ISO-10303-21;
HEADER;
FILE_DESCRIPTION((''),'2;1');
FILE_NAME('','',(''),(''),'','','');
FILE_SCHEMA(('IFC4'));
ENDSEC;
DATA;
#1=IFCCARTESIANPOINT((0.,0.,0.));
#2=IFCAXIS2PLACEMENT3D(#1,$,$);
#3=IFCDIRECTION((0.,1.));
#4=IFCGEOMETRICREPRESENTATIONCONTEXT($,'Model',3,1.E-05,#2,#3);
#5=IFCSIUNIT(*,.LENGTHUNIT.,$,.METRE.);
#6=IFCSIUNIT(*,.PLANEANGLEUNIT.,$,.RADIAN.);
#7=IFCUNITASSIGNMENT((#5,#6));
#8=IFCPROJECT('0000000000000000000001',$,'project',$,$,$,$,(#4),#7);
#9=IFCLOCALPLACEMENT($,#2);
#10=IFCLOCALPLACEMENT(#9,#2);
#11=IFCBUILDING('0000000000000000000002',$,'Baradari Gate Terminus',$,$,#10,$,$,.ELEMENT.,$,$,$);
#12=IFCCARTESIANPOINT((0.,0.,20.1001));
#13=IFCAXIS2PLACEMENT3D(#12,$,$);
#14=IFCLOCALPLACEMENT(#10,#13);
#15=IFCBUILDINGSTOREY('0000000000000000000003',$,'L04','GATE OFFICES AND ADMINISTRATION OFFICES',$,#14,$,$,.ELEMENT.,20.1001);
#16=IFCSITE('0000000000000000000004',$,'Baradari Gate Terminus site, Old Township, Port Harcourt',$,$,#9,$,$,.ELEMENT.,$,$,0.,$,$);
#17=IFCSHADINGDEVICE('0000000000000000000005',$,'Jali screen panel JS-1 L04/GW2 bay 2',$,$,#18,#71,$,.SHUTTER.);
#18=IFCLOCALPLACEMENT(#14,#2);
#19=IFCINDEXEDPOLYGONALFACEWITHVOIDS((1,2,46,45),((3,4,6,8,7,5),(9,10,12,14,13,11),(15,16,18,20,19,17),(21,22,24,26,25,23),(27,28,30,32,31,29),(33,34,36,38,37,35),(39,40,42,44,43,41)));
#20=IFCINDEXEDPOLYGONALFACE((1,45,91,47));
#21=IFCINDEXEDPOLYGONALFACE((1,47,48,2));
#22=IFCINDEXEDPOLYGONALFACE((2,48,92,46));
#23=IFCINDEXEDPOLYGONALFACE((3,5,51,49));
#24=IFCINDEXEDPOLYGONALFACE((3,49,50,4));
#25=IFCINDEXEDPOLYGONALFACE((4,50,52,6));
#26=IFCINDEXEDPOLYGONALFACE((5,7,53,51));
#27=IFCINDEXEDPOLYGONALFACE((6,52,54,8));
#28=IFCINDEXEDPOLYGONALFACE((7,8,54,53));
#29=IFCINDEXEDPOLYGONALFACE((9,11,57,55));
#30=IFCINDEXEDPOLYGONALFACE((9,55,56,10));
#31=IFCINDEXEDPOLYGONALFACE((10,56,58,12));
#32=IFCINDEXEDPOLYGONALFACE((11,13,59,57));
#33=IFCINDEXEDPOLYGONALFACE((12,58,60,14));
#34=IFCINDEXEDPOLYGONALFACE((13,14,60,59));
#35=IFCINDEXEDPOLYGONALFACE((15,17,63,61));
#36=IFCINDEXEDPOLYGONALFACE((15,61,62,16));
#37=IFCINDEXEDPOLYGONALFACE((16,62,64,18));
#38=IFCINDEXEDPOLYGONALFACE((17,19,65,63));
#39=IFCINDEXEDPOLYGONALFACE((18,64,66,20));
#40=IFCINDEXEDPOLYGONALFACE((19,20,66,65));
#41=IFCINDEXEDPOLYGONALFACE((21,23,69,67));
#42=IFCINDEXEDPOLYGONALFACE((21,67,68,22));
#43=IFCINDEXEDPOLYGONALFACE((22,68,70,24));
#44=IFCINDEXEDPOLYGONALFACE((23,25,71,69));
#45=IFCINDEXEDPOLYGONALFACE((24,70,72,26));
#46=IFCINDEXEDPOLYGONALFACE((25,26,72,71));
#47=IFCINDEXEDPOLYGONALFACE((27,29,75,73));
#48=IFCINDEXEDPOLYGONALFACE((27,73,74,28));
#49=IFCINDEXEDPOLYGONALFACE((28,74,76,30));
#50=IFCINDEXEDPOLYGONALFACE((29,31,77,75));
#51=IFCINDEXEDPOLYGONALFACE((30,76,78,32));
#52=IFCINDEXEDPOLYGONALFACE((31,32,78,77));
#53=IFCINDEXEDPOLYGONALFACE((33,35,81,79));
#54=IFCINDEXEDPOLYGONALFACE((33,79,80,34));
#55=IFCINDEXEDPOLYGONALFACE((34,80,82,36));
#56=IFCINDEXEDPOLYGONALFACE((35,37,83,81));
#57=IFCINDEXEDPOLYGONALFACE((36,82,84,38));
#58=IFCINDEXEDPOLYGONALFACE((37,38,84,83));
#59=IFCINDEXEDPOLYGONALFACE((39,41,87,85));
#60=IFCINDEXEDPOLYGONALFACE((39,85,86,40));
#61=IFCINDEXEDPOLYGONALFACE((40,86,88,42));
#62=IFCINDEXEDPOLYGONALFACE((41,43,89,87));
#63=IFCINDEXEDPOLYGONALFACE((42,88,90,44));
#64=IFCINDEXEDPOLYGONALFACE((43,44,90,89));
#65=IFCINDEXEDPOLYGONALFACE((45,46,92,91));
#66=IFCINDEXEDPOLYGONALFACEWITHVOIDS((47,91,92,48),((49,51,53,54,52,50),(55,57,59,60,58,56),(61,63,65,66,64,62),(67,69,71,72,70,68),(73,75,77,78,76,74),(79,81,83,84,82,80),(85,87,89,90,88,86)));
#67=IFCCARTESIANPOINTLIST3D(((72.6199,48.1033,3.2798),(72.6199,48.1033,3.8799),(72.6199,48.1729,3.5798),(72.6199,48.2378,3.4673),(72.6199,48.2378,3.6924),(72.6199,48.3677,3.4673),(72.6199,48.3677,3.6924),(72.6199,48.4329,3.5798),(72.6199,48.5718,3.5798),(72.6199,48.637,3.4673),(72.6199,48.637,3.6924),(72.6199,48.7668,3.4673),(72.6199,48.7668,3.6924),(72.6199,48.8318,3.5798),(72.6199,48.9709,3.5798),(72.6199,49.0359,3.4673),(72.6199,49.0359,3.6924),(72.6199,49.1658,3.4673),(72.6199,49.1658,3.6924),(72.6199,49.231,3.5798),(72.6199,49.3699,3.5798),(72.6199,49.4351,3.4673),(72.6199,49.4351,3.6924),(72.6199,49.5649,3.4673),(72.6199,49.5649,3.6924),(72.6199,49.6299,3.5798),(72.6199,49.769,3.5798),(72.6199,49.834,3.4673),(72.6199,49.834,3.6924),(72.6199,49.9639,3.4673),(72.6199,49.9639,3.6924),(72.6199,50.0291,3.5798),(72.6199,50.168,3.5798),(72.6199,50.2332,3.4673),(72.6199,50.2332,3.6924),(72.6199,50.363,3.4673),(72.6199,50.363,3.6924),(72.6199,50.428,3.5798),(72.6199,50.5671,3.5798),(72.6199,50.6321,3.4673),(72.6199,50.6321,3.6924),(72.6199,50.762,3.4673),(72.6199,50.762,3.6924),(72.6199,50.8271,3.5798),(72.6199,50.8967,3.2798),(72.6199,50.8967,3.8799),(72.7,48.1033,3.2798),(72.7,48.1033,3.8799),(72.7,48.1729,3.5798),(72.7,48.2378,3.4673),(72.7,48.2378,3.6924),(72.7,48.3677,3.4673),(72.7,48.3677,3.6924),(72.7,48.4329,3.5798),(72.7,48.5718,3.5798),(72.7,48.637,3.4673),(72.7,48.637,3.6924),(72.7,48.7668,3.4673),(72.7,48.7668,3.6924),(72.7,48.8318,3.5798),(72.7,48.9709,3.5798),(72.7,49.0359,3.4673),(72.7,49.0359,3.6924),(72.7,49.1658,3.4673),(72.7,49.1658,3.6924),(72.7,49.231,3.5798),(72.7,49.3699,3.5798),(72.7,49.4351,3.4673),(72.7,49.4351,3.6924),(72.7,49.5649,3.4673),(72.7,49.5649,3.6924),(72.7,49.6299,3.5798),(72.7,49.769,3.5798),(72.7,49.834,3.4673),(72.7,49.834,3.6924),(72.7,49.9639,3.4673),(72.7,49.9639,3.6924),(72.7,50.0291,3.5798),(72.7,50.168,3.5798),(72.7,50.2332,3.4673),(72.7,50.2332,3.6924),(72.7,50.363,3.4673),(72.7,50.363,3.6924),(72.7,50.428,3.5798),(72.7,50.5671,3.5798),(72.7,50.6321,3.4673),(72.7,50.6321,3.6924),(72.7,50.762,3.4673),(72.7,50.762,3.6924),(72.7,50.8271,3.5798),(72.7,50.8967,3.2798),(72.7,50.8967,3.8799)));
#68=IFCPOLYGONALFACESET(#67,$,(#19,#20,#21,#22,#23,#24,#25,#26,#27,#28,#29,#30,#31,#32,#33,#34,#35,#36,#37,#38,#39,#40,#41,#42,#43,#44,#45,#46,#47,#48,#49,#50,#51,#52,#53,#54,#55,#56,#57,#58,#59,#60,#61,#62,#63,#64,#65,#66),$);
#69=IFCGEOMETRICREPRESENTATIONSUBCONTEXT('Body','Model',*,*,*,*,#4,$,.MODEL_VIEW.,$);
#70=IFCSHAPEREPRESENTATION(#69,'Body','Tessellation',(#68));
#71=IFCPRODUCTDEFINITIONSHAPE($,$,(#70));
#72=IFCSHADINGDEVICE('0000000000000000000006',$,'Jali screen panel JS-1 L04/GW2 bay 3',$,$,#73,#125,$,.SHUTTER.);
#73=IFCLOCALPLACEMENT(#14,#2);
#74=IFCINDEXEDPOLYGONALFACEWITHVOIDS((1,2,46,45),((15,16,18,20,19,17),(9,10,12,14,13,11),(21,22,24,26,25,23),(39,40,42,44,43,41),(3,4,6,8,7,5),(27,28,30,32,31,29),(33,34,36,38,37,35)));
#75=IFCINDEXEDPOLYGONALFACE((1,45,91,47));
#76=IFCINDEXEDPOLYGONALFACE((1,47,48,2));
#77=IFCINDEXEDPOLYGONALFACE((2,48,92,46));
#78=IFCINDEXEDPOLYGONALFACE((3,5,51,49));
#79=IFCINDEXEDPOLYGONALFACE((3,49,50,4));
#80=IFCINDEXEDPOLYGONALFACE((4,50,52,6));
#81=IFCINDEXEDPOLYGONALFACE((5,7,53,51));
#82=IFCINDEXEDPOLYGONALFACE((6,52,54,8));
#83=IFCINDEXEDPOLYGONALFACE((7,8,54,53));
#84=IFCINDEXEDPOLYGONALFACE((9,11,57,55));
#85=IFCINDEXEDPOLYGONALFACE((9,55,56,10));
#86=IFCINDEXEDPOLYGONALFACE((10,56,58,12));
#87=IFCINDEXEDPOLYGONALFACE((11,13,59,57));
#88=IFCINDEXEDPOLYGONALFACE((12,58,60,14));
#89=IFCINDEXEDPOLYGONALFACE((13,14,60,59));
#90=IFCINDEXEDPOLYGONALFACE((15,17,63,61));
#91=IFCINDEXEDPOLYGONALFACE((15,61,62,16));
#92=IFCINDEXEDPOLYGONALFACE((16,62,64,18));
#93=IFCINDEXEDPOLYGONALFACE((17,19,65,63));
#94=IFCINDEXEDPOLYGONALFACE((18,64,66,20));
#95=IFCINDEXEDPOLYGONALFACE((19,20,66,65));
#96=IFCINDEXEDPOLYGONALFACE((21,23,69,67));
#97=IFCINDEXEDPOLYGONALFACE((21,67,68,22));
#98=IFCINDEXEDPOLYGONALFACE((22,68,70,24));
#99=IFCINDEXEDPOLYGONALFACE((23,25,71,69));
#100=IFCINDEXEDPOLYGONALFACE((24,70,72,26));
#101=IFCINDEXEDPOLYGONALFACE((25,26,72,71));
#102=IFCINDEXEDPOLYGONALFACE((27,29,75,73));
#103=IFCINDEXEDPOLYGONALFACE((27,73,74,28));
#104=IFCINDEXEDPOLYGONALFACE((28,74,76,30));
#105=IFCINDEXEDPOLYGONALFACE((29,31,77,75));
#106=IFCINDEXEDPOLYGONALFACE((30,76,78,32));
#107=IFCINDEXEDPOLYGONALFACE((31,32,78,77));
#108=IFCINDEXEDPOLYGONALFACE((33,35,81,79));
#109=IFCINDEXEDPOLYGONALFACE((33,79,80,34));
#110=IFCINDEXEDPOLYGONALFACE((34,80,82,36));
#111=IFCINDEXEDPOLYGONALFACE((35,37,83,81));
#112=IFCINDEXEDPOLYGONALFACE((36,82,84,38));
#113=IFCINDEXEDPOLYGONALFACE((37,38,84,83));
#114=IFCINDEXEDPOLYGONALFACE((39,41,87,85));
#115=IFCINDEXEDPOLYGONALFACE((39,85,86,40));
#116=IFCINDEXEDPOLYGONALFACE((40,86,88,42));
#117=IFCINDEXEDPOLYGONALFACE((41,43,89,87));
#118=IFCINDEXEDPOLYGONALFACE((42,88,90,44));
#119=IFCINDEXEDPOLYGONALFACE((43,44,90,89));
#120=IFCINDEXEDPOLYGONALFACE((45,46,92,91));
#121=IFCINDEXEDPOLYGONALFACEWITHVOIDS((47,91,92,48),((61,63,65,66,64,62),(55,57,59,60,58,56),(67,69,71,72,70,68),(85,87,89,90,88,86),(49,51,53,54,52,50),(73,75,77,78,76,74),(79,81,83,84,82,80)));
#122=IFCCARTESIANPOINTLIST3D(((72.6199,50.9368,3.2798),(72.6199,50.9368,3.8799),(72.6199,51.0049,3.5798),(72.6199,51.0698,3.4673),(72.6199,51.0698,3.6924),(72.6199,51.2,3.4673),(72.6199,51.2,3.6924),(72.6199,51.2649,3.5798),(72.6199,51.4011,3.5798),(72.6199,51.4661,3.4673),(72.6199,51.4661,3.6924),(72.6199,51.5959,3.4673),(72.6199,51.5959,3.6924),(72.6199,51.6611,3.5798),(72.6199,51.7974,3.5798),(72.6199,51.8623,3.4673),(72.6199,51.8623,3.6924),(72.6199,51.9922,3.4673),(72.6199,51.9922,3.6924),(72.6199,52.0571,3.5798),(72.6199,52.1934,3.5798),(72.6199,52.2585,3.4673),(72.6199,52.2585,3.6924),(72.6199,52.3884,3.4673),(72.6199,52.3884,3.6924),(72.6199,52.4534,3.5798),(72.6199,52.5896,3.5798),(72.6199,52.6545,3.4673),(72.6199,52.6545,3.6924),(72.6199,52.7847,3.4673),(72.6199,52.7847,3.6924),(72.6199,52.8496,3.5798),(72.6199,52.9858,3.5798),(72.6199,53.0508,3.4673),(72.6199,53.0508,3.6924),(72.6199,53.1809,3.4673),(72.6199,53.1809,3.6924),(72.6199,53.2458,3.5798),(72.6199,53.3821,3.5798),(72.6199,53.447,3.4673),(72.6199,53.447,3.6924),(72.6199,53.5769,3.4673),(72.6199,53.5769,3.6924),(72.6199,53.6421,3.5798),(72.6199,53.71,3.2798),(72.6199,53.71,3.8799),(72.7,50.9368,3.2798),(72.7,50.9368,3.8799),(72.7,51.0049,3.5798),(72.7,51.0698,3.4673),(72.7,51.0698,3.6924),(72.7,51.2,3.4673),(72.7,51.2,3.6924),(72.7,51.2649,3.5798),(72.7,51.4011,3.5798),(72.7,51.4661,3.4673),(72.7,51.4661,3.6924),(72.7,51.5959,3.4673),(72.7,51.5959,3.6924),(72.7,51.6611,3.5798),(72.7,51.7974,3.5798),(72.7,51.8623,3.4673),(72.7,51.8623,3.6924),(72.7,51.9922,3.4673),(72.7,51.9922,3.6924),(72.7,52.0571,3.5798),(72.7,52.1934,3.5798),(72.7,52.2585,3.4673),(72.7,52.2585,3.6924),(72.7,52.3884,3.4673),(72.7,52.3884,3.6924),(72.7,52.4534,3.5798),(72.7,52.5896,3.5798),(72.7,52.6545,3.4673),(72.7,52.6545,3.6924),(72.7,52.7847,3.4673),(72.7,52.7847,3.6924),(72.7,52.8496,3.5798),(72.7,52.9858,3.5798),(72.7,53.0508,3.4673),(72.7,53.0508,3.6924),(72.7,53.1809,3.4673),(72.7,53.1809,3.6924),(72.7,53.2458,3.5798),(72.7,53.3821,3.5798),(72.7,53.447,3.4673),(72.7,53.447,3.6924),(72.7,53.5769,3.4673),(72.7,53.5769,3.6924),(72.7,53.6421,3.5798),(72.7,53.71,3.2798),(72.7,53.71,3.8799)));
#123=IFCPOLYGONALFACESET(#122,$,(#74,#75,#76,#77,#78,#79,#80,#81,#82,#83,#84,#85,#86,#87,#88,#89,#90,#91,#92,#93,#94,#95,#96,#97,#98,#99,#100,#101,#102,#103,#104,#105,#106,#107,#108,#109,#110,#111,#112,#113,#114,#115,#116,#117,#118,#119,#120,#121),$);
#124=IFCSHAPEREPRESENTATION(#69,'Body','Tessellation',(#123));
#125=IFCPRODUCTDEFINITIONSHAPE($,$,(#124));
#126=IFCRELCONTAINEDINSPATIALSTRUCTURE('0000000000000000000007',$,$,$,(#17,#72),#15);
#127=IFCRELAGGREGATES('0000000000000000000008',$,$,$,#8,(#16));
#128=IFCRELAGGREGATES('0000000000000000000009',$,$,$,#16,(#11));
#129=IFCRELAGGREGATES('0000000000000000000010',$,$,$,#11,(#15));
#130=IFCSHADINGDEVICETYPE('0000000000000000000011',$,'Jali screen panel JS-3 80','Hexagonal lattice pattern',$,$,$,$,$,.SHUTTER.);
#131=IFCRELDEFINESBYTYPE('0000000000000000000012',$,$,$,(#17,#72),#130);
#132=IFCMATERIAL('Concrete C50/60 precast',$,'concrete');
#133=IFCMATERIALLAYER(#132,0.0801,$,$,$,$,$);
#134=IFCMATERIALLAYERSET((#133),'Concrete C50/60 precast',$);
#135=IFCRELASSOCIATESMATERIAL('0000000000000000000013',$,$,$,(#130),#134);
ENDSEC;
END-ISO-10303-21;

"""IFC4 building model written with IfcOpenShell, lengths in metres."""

from ifc_helpers import new_model, si_unit, direction, frame, origin, place, context, subcontext, project, spatial, polyline, outline, extrude, material, layer, layer_set, type_object, element, save


model = new_model("IFC4")

# Units and contexts
model_context = context("Model", 3, precision=1e-05, world=origin(), true_north=direction((0.0, 1.0)))
body_context = subcontext(model_context, "Body", "Model", "MODEL_VIEW")
ifc_project = project(units=[si_unit("LENGTHUNIT", "METRE"), si_unit("PLANEANGLEUNIT", "RADIAN")], contexts=[model_context])

# Site, building, storey
site_placement = place(None, origin())
site = spatial("IfcSite", under=ifc_project, at=site_placement, Name="Baradari Gate Terminus site, Old Township, Port Harcourt", CompositionType="ELEMENT", RefElevation=0.0)
building_placement = place(site_placement, origin())
building = spatial("IfcBuilding", under=site, at=building_placement, Name="Baradari Gate Terminus", CompositionType="ELEMENT")
storey_placement = place(building_placement, frame((0.0, 0.0, 20.1001)))
storey = spatial("IfcBuildingStorey", under=building, at=storey_placement, Name="L04", Description="GATE OFFICES AND ADMINISTRATION OFFICES", CompositionType="ELEMENT", Elevation=20.1001)

# Shading devices
ifc_material_1 = material(Name="Concrete C50/60 precast", Category="concrete")
ifc_layer = layer(ifc_material_1, 0.0801)
ifc_layer_set = layer_set([ifc_layer], Name="Concrete C50/60 precast")
shading_device_type = type_object("IfcShadingDeviceType", Name="Jali screen panel JS-3 80", Description="Hexagonal lattice pattern", PredefinedType="SHUTTER", material=ifc_layer_set)
shading_device_1_placement = place(storey_placement, frame((72.6599, 48.1033, 3.2798), z_axis=(0.0, 0.0, 1.0), x_axis=(0.0, 1.0, 0.0)))
element("IfcShadingDevice", 1, at=shading_device_1_placement, inside=storey, type_object=shading_device_type, Name="Jali screen panel JS-1 L04/GW2 bay 2", PredefinedType="SHUTTER", context=body_context, shape_type="SweptSolid", body=[
    extrude(outline(polyline([(0.0, 0.0), (2.7935, 0.0), (2.7935, 0.6001), (0.0, 0.6001), (0.0, 0.0)]), holes=[polyline([(0.3296, 0.3), (0.2644, 0.1875), (0.1345, 0.1875), (0.0696, 0.3), (0.1345, 0.4126), (0.2644, 0.4126), (0.3296, 0.3)]), polyline([(0.7285, 0.3), (0.6636, 0.1875), (0.5337, 0.1875), (0.4685, 0.3), (0.5337, 0.4126), (0.6636, 0.4126), (0.7285, 0.3)]), polyline([(1.1277, 0.3), (1.0625, 0.1875), (0.9326, 0.1875), (0.8677, 0.3), (0.9326, 0.4126), (1.0625, 0.4126), (1.1277, 0.3)]), polyline([(1.5266, 0.3), (1.4617, 0.1875), (1.3318, 0.1875), (1.2666, 0.3), (1.3318, 0.4126), (1.4617, 0.4126), (1.5266, 0.3)]), polyline([(1.9258, 0.3), (1.8606, 0.1875), (1.7307, 0.1875), (1.6658, 0.3), (1.7307, 0.4126), (1.8606, 0.4126), (1.9258, 0.3)]), polyline([(2.3247, 0.3), (2.2598, 0.1875), (2.1299, 0.1875), (2.0647, 0.3), (2.1299, 0.4126), (2.2598, 0.4126), (2.3247, 0.3)]), polyline([(2.7239, 0.3), (2.6587, 0.1875), (2.5288, 0.1875), (2.4639, 0.3), (2.5288, 0.4126), (2.6587, 0.4126), (2.7239, 0.3)])]), frame((0.0, 0.04, 0.0), z_axis=(0.0, -1.0, 0.0), x_axis=(1.0, 0.0, 0.0)), (0.0, 0.0, 1.0), 0.0801),
])
shading_device_2_placement = place(storey_placement, frame((72.6599, 50.9368, 3.2798), z_axis=(0.0, 0.0, 1.0), x_axis=(0.0, 1.0, 0.0)))
element("IfcShadingDevice", 2, at=shading_device_2_placement, inside=storey, type_object=shading_device_type, Name="Jali screen panel JS-1 L04/GW2 bay 3", PredefinedType="SHUTTER", context=body_context, shape_type="SweptSolid", body=[
    extrude(outline(polyline([(0.0, 0.0), (2.7732, 0.0), (2.7732, 0.6001), (0.0, 0.6001), (0.0, 0.0)]), holes=[polyline([(0.3281, 0.3), (0.2632, 0.1875), (0.1331, 0.1875), (0.0681, 0.3), (0.1331, 0.4126), (0.2632, 0.4126), (0.3281, 0.3)]), polyline([(0.7244, 0.3), (0.6592, 0.1875), (0.5293, 0.1875), (0.4644, 0.3), (0.5293, 0.4126), (0.6592, 0.4126), (0.7244, 0.3)]), polyline([(1.1204, 0.3), (1.0554, 0.1875), (0.9255, 0.1875), (0.8606, 0.3), (0.9255, 0.4126), (1.0554, 0.4126), (1.1204, 0.3)]), polyline([(1.5166, 0.3), (1.4517, 0.1875), (1.3218, 0.1875), (1.2566, 0.3), (1.3218, 0.4126), (1.4517, 0.4126), (1.5166, 0.3)]), polyline([(1.9128, 0.3), (1.8479, 0.1875), (1.7178, 0.1875), (1.6528, 0.3), (1.7178, 0.4126), (1.8479, 0.4126), (1.9128, 0.3)]), polyline([(2.3091, 0.3), (2.2441, 0.1875), (2.114, 0.1875), (2.0491, 0.3), (2.114, 0.4126), (2.2441, 0.4126), (2.3091, 0.3)]), polyline([(2.7053, 0.3), (2.6401, 0.1875), (2.5103, 0.1875), (2.4453, 0.3), (2.5103, 0.4126), (2.6401, 0.4126), (2.7053, 0.3)])]), frame((0.0, 0.04, 0.0), z_axis=(0.0, -1.0, 0.0), x_axis=(1.0, 0.0, 0.0)), (0.0, 0.0, 1.0), 0.0801),
])

save(model, "model.ifc")
